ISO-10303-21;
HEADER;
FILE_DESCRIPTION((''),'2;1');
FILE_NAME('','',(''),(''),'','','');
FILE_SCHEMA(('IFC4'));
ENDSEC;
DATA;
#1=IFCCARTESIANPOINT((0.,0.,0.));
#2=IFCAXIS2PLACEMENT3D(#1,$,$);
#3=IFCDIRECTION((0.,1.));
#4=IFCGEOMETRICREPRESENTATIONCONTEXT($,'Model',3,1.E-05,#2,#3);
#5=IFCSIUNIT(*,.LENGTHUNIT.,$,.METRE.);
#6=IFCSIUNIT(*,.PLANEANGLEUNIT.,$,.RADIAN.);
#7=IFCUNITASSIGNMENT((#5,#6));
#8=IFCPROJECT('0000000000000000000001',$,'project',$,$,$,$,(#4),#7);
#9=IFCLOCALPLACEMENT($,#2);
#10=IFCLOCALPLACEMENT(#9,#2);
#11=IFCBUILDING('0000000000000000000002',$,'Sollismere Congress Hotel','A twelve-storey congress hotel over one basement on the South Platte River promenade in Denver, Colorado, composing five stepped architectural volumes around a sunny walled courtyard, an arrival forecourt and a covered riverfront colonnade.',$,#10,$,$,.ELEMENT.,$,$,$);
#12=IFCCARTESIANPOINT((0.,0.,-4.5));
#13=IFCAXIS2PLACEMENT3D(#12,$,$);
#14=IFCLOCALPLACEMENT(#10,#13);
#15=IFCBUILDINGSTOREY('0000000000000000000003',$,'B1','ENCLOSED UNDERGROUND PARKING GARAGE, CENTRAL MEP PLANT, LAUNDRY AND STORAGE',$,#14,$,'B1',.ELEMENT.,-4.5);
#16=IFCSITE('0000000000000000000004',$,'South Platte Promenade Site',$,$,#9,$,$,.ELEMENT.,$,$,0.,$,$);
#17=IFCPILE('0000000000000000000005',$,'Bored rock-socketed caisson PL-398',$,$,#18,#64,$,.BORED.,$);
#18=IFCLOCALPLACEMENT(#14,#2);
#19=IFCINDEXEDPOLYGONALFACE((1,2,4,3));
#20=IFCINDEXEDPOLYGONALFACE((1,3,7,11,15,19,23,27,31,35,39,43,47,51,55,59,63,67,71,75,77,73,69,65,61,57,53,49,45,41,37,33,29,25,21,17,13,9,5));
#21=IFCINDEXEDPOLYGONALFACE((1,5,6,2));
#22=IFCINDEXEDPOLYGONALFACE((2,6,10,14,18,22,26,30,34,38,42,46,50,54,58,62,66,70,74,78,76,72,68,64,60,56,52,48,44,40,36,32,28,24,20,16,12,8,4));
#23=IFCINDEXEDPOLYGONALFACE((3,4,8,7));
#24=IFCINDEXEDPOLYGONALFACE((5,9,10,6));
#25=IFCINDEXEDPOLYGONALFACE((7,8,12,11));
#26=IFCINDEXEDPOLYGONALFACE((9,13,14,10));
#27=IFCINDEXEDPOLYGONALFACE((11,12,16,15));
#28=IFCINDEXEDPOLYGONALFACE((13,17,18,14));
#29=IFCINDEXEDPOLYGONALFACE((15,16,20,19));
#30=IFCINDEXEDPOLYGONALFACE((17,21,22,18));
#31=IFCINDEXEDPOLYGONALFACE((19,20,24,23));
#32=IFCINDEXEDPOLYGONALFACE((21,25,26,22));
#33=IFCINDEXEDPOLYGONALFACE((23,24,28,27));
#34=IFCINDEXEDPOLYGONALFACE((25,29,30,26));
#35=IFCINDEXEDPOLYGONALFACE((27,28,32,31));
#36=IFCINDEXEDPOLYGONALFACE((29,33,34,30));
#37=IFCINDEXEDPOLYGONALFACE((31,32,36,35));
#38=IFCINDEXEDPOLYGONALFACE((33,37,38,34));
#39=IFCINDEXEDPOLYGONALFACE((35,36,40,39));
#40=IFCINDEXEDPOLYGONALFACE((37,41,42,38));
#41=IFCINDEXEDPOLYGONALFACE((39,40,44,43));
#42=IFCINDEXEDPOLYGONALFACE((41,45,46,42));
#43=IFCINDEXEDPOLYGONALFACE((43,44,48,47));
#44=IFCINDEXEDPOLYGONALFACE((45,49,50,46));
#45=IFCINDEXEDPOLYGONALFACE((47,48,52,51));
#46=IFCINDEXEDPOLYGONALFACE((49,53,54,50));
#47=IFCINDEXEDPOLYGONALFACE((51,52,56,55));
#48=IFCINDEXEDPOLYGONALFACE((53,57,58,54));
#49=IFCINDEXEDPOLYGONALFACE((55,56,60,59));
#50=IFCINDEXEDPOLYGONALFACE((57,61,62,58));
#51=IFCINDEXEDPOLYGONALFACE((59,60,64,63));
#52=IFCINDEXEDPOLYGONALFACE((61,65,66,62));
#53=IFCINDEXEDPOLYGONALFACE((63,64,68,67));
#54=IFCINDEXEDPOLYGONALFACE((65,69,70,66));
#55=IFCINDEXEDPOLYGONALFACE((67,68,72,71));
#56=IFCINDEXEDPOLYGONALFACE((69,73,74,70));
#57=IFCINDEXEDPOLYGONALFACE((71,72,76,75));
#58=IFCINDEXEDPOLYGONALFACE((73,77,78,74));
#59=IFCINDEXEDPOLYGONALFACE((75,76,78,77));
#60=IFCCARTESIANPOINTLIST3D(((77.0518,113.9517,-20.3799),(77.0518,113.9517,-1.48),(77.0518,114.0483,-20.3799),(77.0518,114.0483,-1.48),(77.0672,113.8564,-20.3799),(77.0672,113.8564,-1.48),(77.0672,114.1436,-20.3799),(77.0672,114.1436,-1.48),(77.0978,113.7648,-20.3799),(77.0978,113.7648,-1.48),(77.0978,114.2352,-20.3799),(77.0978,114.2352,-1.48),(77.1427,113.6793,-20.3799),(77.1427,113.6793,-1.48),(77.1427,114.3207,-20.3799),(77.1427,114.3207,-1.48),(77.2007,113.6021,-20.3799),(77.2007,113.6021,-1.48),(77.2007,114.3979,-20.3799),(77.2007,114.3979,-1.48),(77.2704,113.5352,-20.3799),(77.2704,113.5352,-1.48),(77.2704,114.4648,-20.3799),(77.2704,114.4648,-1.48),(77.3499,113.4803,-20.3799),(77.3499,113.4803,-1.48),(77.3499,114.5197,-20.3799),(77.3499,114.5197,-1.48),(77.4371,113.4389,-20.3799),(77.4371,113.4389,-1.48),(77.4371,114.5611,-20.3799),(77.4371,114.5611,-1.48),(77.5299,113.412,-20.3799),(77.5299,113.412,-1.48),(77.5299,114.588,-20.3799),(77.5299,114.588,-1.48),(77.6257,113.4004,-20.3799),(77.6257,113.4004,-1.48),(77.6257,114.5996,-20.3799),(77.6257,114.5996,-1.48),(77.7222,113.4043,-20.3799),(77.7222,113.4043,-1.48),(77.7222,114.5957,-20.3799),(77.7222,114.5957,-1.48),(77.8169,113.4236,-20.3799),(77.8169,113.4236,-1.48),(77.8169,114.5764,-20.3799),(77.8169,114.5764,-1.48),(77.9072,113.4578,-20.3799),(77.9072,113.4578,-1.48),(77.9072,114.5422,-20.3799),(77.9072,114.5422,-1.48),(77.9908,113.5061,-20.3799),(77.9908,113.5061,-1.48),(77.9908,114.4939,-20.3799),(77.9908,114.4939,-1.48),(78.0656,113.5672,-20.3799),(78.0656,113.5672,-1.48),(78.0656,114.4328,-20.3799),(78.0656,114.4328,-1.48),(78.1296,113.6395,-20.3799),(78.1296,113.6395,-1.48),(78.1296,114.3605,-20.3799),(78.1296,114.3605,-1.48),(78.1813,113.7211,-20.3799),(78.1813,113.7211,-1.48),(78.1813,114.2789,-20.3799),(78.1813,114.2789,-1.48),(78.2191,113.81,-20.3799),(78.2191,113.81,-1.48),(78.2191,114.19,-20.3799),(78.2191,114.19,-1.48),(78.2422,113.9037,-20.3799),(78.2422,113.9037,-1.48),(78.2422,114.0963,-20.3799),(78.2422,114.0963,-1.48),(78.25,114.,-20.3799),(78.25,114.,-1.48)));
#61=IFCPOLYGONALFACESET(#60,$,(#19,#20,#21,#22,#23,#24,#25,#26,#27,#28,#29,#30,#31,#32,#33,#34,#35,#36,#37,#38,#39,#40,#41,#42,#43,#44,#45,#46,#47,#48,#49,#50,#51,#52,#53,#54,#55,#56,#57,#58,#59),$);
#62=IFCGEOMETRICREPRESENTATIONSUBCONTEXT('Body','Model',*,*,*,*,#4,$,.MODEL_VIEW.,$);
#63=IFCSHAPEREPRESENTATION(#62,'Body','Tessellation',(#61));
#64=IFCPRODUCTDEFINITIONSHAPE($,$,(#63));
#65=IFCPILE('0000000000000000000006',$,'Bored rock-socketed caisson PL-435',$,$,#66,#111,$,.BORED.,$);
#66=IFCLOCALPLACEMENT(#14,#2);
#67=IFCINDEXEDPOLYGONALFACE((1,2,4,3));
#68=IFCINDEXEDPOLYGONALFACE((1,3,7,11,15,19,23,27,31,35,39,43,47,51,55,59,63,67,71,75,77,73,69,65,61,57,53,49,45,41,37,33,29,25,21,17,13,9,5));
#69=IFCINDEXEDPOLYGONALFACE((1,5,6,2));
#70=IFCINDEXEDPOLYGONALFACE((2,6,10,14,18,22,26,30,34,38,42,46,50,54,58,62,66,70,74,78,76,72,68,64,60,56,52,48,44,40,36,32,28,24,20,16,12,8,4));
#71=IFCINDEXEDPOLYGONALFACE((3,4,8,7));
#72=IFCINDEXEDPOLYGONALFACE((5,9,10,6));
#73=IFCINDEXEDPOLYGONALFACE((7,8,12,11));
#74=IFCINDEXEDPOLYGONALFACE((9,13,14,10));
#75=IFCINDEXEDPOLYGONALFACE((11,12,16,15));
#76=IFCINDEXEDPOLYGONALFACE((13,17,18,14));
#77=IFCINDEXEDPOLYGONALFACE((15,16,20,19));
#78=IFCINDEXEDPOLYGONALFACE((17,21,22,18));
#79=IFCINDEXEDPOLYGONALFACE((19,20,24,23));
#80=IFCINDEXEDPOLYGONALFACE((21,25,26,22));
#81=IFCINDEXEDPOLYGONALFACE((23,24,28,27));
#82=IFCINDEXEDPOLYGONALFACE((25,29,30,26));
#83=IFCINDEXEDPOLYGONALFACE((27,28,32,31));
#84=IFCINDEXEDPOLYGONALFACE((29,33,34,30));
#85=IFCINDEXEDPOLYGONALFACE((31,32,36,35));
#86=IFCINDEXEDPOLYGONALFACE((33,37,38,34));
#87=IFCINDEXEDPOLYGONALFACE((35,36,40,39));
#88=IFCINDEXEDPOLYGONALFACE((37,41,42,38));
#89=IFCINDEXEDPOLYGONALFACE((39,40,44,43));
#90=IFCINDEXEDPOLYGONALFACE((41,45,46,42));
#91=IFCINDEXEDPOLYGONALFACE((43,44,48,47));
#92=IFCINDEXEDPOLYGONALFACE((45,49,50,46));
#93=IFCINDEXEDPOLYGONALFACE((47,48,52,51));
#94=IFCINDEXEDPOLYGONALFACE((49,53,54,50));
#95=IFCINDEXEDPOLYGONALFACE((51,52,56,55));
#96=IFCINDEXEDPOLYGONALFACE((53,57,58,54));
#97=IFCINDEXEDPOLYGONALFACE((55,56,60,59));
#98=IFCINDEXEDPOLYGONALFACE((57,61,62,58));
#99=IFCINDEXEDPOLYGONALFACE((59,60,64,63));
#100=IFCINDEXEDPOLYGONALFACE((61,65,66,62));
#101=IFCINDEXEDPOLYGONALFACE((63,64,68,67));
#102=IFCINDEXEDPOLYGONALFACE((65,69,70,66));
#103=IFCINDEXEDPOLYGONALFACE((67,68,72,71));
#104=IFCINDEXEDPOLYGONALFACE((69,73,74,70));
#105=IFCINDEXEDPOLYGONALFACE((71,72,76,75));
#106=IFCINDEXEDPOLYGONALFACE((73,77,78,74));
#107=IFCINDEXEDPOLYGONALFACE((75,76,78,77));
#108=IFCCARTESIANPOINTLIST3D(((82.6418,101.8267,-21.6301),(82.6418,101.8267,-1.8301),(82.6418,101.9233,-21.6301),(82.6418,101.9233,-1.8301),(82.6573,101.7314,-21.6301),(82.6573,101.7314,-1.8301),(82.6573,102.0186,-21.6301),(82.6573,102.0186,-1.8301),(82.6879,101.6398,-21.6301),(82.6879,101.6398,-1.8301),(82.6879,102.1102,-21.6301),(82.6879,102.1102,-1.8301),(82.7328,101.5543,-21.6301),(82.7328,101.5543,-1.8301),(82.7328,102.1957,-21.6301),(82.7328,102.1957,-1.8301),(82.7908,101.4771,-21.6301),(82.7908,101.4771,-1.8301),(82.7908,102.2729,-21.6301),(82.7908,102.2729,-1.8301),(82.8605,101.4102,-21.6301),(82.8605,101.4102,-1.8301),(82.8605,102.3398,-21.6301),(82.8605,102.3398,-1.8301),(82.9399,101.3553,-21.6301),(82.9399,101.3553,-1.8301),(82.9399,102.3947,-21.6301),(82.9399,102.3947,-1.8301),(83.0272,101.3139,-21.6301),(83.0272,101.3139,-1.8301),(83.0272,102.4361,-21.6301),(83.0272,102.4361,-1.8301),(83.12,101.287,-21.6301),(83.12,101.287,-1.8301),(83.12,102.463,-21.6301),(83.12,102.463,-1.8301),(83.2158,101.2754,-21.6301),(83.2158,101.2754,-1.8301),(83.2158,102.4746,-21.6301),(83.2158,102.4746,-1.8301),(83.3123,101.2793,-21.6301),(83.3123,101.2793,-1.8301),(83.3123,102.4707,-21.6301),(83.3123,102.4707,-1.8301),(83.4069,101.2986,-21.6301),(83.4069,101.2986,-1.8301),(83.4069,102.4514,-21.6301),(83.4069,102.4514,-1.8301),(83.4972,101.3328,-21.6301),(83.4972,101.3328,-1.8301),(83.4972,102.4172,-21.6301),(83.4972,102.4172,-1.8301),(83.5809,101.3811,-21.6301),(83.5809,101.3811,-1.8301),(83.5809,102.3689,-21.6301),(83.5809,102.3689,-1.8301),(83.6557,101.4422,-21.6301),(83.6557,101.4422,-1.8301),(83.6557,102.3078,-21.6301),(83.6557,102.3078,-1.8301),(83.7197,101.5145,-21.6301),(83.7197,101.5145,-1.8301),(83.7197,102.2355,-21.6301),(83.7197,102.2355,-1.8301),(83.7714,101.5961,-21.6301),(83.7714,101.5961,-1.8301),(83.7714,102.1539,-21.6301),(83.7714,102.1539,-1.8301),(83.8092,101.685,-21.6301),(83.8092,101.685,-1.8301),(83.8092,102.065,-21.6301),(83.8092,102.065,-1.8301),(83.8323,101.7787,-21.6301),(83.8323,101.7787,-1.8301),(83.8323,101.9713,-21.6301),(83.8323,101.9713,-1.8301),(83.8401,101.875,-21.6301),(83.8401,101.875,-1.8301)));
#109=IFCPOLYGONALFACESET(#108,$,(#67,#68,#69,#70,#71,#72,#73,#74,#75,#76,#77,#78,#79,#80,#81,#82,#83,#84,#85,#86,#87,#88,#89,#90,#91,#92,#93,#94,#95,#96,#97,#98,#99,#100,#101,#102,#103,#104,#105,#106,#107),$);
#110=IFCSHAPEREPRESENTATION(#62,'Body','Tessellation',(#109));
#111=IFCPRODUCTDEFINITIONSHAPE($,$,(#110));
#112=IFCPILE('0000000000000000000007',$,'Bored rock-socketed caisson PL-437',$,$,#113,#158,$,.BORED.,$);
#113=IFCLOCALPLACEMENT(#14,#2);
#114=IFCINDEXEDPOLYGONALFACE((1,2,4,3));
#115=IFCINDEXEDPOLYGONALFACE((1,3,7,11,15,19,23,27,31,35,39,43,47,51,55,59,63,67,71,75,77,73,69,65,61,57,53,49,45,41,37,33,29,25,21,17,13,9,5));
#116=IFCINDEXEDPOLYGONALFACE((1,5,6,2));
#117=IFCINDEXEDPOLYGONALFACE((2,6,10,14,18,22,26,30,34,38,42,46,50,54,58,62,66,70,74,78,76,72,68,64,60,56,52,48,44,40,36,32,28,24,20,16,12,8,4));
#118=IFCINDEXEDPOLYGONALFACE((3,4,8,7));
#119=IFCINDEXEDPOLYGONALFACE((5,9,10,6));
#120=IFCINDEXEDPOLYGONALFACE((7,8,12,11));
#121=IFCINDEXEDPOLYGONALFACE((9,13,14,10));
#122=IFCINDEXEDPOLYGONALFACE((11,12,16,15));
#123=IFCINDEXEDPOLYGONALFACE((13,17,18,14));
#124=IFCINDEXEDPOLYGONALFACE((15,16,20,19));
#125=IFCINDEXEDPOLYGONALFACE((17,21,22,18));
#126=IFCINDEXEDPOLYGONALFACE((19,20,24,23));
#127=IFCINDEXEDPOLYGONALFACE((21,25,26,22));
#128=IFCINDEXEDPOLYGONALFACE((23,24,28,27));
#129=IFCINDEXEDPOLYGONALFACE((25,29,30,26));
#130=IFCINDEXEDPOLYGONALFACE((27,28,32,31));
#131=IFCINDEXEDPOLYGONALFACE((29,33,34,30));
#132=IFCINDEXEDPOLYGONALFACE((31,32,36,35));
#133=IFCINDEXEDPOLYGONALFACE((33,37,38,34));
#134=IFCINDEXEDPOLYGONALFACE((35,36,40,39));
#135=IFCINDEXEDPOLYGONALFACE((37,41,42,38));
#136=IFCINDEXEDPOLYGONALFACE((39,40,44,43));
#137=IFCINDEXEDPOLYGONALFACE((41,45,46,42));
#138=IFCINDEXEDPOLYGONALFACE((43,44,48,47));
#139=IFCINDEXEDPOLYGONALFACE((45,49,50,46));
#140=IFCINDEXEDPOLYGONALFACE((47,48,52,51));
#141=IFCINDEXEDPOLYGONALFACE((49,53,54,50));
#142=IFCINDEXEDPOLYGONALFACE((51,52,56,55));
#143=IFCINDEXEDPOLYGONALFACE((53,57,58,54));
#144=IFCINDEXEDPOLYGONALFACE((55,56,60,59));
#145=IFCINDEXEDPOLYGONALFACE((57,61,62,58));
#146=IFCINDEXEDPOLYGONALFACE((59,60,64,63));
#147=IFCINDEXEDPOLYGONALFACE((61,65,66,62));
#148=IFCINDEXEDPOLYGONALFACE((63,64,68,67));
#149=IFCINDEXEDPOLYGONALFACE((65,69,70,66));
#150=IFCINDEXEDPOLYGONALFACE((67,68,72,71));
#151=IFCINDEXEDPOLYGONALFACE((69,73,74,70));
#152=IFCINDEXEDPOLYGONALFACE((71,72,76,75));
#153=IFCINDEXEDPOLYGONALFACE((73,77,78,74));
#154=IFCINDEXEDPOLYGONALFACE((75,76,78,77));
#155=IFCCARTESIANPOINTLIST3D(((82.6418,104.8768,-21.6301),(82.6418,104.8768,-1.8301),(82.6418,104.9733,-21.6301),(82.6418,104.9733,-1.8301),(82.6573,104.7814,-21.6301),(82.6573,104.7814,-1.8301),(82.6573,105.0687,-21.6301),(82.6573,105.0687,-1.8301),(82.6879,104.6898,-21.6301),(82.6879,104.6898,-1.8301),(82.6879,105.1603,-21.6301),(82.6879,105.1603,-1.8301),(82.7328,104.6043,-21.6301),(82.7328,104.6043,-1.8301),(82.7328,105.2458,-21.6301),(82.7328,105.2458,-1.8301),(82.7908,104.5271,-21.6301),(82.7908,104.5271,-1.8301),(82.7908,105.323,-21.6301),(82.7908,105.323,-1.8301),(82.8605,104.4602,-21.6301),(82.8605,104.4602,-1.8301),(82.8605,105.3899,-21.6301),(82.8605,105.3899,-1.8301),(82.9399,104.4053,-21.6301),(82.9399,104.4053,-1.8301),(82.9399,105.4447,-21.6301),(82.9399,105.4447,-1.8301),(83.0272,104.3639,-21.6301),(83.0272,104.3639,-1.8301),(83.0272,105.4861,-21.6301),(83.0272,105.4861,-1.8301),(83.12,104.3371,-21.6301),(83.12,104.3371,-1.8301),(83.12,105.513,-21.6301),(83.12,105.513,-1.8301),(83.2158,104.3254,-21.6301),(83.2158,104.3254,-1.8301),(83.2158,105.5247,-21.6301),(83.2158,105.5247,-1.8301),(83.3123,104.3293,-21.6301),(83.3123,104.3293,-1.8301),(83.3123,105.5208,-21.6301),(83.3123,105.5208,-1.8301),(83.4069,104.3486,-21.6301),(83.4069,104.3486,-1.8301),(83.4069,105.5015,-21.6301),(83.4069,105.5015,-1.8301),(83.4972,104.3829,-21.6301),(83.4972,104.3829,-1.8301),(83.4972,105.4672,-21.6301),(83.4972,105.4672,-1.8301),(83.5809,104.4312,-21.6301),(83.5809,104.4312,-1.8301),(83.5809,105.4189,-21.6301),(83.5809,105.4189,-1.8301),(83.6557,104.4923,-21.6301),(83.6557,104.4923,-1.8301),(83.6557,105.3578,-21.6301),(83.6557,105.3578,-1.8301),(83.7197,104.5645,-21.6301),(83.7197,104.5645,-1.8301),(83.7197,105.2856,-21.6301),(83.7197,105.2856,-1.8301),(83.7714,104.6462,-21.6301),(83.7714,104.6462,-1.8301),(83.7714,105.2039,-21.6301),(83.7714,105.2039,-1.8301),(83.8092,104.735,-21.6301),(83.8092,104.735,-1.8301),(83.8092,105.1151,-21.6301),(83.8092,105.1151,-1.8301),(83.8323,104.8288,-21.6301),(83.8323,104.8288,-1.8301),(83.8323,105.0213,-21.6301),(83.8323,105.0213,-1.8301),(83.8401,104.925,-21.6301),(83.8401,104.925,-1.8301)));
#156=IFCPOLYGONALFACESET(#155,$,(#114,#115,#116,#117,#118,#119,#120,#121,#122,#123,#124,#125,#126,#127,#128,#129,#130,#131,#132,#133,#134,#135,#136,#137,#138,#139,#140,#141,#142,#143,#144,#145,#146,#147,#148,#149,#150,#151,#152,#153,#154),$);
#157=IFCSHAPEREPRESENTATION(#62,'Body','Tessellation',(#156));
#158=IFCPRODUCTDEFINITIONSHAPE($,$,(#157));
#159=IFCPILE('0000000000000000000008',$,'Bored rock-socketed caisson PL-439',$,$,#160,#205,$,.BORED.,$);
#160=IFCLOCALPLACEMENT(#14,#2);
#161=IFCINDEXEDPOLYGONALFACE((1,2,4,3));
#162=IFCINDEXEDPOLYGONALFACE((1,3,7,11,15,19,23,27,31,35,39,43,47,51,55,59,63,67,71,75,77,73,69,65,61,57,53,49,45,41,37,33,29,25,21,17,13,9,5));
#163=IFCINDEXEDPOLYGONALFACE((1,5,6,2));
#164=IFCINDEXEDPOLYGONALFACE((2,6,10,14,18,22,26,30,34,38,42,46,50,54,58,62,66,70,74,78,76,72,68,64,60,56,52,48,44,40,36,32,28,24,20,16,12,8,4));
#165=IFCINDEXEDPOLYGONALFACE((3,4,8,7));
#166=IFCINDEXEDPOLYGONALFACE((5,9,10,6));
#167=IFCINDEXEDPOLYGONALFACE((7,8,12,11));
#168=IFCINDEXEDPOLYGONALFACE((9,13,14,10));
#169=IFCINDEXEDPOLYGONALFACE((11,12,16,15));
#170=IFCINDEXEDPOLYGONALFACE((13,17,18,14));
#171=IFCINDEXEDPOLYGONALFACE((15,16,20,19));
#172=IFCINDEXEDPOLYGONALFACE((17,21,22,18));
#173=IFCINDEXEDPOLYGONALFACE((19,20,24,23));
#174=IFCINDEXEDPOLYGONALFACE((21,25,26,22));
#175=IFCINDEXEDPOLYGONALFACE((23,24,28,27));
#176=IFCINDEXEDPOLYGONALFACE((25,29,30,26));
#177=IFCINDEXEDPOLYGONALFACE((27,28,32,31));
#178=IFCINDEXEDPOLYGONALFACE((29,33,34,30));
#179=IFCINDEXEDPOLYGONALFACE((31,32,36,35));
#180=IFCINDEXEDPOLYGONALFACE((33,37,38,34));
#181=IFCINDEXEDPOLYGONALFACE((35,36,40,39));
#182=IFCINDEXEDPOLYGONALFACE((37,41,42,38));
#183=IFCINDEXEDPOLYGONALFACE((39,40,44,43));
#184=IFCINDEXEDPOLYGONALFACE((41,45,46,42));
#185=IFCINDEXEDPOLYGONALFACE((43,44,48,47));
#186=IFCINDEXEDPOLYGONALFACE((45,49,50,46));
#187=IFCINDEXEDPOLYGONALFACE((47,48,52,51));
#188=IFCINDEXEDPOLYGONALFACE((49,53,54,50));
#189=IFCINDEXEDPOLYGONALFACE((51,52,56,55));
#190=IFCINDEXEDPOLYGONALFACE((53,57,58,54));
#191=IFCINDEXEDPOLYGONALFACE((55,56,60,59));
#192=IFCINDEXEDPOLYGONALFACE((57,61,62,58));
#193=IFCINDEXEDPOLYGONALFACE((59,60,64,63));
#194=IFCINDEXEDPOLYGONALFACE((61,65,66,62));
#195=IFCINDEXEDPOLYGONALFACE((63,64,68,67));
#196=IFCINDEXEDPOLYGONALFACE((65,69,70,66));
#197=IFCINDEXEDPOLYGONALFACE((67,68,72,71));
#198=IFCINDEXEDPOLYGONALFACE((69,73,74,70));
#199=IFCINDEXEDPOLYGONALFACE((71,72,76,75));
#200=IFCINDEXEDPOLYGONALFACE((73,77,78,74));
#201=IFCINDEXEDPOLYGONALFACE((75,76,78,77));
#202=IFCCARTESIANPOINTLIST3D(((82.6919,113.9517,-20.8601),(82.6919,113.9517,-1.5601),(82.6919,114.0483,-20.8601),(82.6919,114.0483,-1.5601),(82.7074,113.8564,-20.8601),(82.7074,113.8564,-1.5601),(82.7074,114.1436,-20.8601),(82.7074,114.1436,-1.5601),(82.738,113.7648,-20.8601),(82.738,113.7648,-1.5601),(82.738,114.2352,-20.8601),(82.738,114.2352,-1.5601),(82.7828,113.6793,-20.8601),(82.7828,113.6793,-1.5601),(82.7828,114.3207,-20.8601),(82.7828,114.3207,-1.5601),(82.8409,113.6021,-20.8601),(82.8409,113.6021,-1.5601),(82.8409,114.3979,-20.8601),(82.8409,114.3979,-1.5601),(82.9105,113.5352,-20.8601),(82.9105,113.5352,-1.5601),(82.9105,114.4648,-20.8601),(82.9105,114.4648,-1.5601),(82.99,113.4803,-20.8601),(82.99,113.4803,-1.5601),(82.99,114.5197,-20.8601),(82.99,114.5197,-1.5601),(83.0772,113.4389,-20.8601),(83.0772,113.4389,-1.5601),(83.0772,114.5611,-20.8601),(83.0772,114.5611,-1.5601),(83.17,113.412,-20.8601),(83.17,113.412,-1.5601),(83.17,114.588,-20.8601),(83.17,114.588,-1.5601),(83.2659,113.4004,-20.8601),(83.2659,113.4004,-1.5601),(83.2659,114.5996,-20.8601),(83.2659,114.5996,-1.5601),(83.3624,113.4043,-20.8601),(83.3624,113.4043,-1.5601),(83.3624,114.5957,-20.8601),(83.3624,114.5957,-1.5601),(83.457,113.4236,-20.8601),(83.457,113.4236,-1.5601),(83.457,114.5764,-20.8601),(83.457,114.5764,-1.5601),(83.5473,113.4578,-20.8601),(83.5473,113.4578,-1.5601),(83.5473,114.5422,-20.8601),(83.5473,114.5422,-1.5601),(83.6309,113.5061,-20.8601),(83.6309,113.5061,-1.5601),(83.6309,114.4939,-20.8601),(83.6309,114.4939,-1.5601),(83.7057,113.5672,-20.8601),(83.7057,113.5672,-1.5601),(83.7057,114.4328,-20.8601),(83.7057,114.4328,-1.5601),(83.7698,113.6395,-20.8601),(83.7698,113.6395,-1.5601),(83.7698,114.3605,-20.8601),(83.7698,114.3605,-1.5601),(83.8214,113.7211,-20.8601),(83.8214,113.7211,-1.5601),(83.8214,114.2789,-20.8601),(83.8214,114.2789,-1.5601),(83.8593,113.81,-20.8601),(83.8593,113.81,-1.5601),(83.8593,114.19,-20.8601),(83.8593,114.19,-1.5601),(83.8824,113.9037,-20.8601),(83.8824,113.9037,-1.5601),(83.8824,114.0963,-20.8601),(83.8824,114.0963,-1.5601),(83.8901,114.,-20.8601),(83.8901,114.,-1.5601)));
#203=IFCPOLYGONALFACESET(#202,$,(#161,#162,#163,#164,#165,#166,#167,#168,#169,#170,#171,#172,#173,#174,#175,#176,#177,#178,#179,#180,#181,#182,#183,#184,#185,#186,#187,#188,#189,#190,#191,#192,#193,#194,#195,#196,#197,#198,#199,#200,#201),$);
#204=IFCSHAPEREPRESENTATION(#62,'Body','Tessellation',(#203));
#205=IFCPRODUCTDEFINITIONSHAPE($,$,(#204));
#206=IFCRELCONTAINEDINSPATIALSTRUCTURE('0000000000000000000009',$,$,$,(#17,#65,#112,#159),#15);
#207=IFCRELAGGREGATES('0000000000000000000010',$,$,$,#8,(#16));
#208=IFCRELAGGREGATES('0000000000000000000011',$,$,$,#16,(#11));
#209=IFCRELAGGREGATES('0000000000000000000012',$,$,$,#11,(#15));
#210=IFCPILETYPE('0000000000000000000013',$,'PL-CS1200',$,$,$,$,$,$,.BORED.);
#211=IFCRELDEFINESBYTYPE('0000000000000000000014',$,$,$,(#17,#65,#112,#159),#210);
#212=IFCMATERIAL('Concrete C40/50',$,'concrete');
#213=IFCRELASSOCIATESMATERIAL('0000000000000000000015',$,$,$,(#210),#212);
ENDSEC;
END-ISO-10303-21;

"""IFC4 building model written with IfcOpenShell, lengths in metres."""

from ifc_helpers import new_model, si_unit, direction, frame, origin, origin_2d, place, context, subcontext, project, spatial, circle, extrude, material, material_profile, profile_set, type_object, element, save


model = new_model("IFC4")

# Units and contexts
model_context = context("Model", 3, precision=1e-05, world=origin(), true_north=direction((0.0, 1.0)))
body_context = subcontext(model_context, "Body", "Model", "MODEL_VIEW")
ifc_project = project(units=[si_unit("LENGTHUNIT", "METRE"), si_unit("PLANEANGLEUNIT", "RADIAN")], contexts=[model_context])

# Site, building, storey
site_placement = place(None, origin())
site = spatial("IfcSite", under=ifc_project, at=site_placement, Name="South Platte Promenade Site", CompositionType="ELEMENT", RefElevation=0.0)
building_placement = place(site_placement, origin())
building = spatial("IfcBuilding", under=site, at=building_placement, Name="Sollismere Congress Hotel", Description="A twelve-storey congress hotel over one basement on the South Platte River promenade in Denver, Colorado, composing five stepped architectural volumes around a sunny walled courtyard, an arrival forecourt and a covered riverfront colonnade.", CompositionType="ELEMENT")
storey_placement = place(building_placement, frame((0.0, 0.0, -4.5)))
storey = spatial("IfcBuildingStorey", under=building, at=storey_placement, Name="B1", Description="ENCLOSED UNDERGROUND PARKING GARAGE, CENTRAL MEP PLANT, LAUNDRY AND STORAGE", LongName="B1", CompositionType="ELEMENT", Elevation=-4.5)

# Shared definitions
ifc_material_1 = material(Name="Concrete C40/50", Category="concrete")

# Piles
ifc_material_profile_1 = material_profile(ifc_material_1, circle(Radius=0.6001, at=origin_2d()), Name="CAISSON1200")
ifc_profile_set_1 = profile_set([ifc_material_profile_1], Name="Concrete C40/50")
pile_type = type_object("IfcPileType", Name="PL-CS1200", PredefinedType="BORED", material=ifc_profile_set_1)
pile_1_placement = place(storey_placement, frame((77.6499, 114.0, -1.48), z_axis=(0.0, 0.0, -1.0), x_axis=(1.0, 0.0, 0.0)))
element("IfcPile", 1, at=pile_1_placement, inside=storey, type_object=pile_type, Name="Bored rock-socketed caisson PL-398", PredefinedType="BORED", context=body_context, shape_type="SweptSolid", body=[
    extrude(circle(Radius=0.6001, at=origin_2d()), origin(), (0.0, 0.0, 1.0), 18.8999),
])
for number, where, z_axis, x_axis, name in (
    (2, (83.24, 101.875, -1.8301), (0.0, 0.0, -1.0), (1.0, 0.0, 0.0), "Bored rock-socketed caisson PL-435"),
    (3, (83.24, 104.925, -1.8301), (0.0, 0.0, -1.0), (1.0, 0.0, 0.0), "Bored rock-socketed caisson PL-437"),
):
    element("IfcPile", number, at=place(storey_placement, frame(where, z_axis=z_axis, x_axis=x_axis)), inside=storey, type_object=pile_type, Name=name, PredefinedType="BORED", context=body_context, shape_type="SweptSolid", body=[
        extrude(circle(Radius=0.6001, at=origin_2d()), origin(), (0.0, 0.0, 1.0), 19.8),
    ])
pile_2_placement = place(storey_placement, frame((83.29, 114.0, -1.5601), z_axis=(0.0, 0.0, -1.0), x_axis=(1.0, 0.0, 0.0)))
element("IfcPile", 4, at=pile_2_placement, inside=storey, type_object=pile_type, Name="Bored rock-socketed caisson PL-439", PredefinedType="BORED", context=body_context, shape_type="SweptSolid", body=[
    extrude(circle(Radius=0.6001, at=origin_2d()), origin(), (0.0, 0.0, 1.0), 19.3),
])

save(model, "model.ifc")
